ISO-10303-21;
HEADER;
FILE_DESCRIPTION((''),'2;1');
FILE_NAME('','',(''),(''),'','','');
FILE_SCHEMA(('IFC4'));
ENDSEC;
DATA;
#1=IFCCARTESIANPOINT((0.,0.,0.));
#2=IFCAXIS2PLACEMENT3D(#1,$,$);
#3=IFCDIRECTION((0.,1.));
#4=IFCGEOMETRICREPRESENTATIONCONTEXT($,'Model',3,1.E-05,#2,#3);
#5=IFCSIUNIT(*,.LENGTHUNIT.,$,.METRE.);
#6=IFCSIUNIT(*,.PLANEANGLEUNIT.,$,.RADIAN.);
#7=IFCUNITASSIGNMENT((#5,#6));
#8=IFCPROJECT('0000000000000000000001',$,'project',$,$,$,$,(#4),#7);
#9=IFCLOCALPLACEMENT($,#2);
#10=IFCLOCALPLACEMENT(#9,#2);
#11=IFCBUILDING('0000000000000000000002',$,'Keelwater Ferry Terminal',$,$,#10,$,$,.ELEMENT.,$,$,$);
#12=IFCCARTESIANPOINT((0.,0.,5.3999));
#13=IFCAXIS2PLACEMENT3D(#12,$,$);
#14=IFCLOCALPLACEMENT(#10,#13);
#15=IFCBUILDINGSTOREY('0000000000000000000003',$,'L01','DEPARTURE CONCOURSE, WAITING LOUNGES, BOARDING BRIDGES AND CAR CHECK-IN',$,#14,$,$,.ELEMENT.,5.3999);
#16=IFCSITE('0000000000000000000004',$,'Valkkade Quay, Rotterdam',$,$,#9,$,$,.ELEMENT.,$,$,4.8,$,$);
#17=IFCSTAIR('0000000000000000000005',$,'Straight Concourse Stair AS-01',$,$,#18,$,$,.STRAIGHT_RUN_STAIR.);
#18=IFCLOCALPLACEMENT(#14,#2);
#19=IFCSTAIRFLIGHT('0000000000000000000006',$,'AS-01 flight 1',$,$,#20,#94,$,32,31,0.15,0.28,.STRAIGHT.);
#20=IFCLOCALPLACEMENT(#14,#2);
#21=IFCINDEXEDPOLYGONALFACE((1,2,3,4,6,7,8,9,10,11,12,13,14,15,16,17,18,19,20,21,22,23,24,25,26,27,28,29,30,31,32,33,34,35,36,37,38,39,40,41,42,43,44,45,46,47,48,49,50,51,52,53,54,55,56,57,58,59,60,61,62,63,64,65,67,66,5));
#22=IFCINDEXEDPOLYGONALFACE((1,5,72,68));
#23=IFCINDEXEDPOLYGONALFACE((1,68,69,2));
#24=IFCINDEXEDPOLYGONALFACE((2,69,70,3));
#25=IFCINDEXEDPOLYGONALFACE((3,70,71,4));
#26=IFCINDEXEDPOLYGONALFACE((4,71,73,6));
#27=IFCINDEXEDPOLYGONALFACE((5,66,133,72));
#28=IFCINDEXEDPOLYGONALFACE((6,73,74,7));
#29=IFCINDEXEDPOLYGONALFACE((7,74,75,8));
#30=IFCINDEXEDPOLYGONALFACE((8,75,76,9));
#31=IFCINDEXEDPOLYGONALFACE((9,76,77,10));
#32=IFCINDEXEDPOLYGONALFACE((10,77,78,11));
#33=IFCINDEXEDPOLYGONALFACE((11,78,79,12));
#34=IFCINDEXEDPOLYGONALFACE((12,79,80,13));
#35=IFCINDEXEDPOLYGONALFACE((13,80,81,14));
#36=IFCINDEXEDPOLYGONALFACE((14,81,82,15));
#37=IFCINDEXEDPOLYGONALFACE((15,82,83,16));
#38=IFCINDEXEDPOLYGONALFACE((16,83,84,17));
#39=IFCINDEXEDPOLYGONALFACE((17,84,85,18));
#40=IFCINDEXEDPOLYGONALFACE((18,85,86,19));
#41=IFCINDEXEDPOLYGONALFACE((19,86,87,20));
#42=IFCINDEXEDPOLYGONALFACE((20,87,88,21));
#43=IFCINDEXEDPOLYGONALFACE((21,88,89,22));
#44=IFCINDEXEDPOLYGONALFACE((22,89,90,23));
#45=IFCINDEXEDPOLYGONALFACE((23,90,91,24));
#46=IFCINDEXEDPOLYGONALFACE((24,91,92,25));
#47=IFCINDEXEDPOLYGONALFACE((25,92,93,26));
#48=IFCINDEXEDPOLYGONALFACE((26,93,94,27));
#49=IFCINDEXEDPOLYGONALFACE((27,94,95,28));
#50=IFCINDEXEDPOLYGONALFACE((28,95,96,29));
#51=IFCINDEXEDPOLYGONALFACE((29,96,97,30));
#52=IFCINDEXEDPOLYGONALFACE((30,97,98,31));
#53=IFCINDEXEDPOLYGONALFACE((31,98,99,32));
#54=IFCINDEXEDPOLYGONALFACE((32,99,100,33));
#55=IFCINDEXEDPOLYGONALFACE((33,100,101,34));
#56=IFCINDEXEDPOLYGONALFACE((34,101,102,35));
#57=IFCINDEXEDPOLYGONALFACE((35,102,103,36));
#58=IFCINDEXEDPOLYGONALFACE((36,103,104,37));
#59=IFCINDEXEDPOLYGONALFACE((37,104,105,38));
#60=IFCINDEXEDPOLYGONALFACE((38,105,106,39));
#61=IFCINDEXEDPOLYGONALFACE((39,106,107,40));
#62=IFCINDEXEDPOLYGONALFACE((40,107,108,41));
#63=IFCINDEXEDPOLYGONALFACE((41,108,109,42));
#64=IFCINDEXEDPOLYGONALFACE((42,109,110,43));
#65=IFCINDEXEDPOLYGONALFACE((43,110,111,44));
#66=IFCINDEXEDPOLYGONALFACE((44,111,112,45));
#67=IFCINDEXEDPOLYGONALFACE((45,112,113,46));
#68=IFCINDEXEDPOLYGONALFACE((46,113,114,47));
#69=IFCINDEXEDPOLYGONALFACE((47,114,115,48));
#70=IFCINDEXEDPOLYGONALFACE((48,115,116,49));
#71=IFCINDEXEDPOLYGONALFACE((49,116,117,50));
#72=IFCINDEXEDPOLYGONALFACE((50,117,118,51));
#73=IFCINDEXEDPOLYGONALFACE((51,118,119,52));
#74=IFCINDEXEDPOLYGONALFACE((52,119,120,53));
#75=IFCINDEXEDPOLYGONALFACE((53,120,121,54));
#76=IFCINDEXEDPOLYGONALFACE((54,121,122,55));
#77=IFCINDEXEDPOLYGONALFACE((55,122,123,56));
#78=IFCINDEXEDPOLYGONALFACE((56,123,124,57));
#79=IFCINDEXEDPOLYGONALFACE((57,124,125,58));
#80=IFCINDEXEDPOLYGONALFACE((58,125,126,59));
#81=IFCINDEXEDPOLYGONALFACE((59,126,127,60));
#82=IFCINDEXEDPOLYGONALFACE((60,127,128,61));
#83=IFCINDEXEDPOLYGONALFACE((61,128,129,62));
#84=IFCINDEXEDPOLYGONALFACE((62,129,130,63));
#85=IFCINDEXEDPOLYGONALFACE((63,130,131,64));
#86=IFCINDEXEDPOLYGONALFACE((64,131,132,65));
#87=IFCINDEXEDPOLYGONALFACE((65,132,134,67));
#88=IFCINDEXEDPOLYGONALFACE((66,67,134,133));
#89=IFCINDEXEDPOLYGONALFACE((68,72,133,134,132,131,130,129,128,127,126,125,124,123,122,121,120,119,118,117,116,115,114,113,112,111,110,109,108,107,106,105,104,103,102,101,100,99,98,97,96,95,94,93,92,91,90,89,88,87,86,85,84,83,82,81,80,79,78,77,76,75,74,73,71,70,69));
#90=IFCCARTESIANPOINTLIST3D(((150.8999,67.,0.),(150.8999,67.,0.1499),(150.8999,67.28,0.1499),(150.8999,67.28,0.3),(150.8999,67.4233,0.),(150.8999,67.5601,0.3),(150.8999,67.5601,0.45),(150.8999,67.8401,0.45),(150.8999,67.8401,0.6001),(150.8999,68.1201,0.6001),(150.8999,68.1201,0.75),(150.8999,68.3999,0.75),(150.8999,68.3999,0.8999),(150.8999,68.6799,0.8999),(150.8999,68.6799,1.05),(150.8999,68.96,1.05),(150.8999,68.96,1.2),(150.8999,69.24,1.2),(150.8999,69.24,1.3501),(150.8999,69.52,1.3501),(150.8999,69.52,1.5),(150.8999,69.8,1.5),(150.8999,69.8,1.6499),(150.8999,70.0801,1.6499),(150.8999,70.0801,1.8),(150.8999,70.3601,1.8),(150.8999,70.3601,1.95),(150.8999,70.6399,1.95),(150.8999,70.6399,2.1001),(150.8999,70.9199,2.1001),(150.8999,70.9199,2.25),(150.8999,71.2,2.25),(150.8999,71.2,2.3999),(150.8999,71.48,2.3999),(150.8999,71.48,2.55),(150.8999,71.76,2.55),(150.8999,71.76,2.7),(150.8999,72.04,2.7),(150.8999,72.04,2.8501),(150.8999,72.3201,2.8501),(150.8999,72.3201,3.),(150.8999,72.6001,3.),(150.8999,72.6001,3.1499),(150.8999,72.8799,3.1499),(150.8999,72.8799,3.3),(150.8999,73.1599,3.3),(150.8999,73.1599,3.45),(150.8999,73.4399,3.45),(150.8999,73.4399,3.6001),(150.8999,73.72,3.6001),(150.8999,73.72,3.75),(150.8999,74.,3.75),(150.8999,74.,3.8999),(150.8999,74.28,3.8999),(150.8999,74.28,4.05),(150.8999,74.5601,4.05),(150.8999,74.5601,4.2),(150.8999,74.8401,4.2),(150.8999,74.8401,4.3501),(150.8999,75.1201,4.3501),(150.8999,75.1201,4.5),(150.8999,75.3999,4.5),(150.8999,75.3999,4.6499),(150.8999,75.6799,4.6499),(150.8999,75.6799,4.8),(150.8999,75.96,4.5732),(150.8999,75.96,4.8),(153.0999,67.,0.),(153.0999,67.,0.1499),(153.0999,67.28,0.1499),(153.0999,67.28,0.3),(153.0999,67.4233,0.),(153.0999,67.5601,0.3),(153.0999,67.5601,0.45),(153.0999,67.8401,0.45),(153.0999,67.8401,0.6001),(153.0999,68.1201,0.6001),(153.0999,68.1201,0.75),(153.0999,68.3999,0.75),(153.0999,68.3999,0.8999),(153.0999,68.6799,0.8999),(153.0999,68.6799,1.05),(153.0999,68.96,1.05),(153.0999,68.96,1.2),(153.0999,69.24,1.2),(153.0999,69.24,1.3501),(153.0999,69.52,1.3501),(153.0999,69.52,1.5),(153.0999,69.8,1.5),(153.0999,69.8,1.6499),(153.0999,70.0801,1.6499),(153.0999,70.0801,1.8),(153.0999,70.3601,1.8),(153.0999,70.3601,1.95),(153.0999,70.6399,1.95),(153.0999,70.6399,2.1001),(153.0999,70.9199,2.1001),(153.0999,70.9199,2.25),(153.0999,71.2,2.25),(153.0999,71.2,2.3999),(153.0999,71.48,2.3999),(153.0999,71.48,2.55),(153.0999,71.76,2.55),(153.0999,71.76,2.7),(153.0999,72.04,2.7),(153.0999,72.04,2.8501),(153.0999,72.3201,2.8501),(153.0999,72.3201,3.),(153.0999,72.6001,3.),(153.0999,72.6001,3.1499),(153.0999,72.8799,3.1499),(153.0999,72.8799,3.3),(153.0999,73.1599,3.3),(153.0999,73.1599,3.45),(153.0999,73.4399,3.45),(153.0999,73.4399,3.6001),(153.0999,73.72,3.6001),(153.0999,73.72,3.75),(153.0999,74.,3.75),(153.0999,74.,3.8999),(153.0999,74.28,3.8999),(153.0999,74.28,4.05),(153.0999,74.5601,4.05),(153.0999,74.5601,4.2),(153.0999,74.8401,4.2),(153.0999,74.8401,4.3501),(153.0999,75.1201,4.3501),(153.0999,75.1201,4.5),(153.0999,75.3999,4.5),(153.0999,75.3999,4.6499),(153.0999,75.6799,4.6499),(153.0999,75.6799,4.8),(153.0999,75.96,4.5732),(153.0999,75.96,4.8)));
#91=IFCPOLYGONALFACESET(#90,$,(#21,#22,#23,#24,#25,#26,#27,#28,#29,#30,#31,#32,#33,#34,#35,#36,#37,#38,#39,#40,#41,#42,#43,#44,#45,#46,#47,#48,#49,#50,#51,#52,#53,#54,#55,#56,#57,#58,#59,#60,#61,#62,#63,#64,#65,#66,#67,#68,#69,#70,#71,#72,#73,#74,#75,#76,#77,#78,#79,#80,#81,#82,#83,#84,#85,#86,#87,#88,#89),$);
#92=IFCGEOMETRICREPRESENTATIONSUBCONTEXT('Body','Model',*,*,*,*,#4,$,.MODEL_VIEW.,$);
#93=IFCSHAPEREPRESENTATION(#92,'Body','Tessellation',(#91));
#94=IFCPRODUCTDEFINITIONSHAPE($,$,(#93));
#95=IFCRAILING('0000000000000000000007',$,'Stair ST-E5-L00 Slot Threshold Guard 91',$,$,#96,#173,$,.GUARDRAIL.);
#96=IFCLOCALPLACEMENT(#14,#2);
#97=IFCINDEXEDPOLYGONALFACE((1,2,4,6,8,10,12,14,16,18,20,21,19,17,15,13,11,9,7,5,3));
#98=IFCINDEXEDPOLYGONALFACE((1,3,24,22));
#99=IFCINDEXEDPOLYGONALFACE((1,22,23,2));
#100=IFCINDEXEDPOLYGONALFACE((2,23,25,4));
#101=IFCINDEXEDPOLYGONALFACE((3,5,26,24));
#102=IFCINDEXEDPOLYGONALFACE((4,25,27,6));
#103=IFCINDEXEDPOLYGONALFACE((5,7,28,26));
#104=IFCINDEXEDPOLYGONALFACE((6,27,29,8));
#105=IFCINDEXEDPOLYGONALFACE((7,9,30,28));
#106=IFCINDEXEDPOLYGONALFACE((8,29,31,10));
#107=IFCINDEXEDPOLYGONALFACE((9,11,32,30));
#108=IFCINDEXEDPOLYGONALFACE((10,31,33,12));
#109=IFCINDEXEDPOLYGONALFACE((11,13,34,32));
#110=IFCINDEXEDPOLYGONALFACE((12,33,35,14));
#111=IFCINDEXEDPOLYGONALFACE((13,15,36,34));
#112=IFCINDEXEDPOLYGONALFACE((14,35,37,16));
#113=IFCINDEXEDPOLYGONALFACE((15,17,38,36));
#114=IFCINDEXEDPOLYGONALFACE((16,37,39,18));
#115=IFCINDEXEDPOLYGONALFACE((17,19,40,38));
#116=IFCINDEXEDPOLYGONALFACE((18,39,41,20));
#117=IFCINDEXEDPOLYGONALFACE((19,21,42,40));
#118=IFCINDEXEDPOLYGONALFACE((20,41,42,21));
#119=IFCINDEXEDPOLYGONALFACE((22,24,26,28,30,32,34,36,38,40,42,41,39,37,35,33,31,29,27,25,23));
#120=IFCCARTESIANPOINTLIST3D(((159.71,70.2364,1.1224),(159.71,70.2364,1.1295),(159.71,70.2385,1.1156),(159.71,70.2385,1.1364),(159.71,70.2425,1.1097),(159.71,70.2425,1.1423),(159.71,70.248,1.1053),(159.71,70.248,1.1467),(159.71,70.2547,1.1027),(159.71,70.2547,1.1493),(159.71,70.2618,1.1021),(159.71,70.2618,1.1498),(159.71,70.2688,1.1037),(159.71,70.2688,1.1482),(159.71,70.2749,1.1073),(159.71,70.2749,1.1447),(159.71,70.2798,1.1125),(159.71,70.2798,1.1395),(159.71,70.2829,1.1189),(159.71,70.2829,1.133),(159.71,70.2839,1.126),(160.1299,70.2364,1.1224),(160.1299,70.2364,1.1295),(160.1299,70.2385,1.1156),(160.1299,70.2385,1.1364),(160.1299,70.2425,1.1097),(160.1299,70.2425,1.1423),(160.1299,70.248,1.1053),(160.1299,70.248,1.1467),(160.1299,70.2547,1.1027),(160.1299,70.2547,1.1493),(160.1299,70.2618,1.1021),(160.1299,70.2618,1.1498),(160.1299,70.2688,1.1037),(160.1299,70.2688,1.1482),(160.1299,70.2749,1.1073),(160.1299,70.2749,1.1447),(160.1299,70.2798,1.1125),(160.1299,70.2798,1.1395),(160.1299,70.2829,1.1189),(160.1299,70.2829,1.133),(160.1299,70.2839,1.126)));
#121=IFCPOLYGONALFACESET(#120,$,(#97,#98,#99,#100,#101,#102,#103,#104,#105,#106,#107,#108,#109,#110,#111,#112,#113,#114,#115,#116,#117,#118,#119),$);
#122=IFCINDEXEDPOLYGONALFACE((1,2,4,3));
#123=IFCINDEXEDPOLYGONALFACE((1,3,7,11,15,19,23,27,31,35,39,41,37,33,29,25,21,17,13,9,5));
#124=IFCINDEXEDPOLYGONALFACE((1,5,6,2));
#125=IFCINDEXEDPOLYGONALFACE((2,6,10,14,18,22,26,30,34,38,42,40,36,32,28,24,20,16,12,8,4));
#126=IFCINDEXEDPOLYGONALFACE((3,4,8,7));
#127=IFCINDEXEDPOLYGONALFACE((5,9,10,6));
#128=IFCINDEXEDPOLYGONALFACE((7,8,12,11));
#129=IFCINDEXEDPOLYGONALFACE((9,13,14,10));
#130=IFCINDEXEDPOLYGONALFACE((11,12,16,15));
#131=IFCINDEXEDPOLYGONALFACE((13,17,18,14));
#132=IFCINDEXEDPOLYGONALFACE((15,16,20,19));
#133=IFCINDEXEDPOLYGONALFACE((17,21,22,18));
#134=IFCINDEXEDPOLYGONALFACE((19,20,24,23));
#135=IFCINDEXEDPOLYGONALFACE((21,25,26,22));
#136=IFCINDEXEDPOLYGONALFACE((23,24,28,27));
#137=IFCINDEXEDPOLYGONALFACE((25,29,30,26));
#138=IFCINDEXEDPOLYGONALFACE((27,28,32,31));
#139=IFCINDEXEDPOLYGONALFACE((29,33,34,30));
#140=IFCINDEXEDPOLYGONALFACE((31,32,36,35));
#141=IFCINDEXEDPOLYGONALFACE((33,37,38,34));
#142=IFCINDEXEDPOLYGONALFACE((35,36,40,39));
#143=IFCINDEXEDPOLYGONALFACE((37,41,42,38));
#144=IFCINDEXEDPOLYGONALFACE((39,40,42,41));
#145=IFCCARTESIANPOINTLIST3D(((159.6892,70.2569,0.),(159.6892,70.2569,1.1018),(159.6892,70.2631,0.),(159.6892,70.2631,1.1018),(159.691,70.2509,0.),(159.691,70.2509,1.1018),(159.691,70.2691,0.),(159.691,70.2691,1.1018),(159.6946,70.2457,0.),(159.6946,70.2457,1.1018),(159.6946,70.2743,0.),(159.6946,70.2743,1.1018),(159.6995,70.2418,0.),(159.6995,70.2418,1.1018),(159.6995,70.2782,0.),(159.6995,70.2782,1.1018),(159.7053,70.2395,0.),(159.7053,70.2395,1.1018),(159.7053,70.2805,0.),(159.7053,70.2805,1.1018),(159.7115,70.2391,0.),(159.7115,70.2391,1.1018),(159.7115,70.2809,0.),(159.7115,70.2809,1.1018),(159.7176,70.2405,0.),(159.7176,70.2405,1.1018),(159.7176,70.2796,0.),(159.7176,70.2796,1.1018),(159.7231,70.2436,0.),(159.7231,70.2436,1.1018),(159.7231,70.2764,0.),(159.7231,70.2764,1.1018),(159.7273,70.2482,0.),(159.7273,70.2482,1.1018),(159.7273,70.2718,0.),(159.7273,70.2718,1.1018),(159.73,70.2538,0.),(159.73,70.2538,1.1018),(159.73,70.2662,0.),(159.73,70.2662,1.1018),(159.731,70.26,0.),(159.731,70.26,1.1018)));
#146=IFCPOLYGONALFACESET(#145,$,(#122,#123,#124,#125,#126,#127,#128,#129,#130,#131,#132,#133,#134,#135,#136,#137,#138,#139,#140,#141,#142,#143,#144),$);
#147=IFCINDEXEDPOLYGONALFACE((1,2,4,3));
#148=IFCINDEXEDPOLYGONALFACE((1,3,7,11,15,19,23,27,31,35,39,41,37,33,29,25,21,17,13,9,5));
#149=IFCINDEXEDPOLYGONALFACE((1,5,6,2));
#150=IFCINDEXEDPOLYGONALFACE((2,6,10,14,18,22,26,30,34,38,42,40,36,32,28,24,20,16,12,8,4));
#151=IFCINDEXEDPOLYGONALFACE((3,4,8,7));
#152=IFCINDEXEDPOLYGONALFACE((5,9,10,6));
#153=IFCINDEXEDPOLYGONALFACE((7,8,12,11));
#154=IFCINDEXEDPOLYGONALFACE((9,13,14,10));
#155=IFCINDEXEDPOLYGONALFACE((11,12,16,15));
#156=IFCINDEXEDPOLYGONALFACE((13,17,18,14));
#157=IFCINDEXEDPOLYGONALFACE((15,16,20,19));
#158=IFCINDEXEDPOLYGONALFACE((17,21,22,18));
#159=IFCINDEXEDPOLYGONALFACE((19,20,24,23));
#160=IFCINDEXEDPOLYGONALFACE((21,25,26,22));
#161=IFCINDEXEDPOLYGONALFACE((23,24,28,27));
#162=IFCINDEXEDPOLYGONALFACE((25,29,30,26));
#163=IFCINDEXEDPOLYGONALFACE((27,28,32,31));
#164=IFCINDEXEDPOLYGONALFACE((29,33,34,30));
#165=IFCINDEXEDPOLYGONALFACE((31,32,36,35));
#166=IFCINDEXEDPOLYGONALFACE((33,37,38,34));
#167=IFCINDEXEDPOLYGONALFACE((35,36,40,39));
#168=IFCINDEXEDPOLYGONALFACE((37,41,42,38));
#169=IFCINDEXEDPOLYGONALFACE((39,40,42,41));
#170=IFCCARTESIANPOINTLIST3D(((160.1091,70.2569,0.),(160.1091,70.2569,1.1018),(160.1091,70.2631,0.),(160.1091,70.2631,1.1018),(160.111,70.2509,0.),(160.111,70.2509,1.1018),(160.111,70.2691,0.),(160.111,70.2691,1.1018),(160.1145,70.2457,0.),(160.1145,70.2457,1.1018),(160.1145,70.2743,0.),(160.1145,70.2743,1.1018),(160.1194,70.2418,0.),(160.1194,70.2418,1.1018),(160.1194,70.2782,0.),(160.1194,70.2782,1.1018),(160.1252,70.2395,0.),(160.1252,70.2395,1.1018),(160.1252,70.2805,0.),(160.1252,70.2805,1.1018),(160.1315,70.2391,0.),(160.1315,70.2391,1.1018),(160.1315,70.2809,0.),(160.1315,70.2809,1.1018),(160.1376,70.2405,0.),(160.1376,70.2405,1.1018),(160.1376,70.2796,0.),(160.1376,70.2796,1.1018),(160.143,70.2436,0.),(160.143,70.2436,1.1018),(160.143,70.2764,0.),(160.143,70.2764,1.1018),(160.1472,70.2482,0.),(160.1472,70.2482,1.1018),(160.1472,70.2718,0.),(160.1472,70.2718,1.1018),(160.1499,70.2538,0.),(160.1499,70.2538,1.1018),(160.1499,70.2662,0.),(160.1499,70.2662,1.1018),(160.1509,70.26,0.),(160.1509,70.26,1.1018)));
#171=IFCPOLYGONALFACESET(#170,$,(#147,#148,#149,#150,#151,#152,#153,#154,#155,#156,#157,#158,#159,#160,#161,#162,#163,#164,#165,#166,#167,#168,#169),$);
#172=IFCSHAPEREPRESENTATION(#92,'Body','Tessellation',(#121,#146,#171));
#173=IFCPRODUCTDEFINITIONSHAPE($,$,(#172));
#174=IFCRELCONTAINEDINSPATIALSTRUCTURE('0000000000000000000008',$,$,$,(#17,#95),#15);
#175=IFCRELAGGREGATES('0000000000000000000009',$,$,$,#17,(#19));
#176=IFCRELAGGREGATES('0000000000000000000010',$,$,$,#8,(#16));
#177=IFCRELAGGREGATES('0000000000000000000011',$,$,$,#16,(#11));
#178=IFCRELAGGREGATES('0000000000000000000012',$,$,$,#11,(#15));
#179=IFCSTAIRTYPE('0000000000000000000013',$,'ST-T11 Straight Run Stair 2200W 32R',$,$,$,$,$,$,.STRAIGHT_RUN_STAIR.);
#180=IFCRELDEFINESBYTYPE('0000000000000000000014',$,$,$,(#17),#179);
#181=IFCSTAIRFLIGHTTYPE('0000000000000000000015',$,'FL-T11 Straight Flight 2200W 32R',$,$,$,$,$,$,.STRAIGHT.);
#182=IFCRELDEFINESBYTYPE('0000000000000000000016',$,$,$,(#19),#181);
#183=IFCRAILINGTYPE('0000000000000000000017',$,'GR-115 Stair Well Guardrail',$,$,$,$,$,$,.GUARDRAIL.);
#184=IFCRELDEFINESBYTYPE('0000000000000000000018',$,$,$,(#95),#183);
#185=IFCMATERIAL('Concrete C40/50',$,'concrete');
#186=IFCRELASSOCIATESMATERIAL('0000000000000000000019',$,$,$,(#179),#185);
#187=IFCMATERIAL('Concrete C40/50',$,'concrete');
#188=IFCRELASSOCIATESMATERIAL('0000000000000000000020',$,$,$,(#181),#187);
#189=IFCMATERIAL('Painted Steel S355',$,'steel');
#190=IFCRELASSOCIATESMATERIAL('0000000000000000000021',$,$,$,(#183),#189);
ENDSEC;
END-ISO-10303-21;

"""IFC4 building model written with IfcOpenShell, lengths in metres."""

from ifc_helpers import new_model, si_unit, direction, frame, origin, origin_2d, place, context, subcontext, project, spatial, polyline, circle, outline, extrude, material, type_object, element, aggregate, save


model = new_model("IFC4")

# Units and contexts
model_context = context("Model", 3, precision=1e-05, world=origin(), true_north=direction((0.0, 1.0)))
body_context = subcontext(model_context, "Body", "Model", "MODEL_VIEW")
ifc_project = project(units=[si_unit("LENGTHUNIT", "METRE"), si_unit("PLANEANGLEUNIT", "RADIAN")], contexts=[model_context])

# Site, building, storey
site_placement = place(None, origin())
site = spatial("IfcSite", under=ifc_project, at=site_placement, Name="Valkkade Quay, Rotterdam", CompositionType="ELEMENT", RefElevation=4.8)
building_placement = place(site_placement, origin())
building = spatial("IfcBuilding", under=site, at=building_placement, Name="Keelwater Ferry Terminal", CompositionType="ELEMENT")
storey_placement = place(building_placement, frame((0.0, 0.0, 5.3999)))
storey = spatial("IfcBuildingStorey", under=building, at=storey_placement, Name="L01", Description="DEPARTURE CONCOURSE, WAITING LOUNGES, BOARDING BRIDGES AND CAR CHECK-IN", CompositionType="ELEMENT", Elevation=5.3999)

# Stair, stair flight
ifc_material_1 = material(Name="Concrete C40/50", Category="concrete")
stair_type_1 = type_object("IfcStairType", Name="ST-T11 Straight Run Stair 2200W 32R", PredefinedType="STRAIGHT_RUN_STAIR", material=ifc_material_1)
stair_1_placement = place(storey_placement, origin())
stair_1 = element("IfcStair", 1, at=stair_1_placement, inside=storey, type_object=stair_type_1, Name="Straight Concourse Stair AS-01", PredefinedType="STRAIGHT_RUN_STAIR")
ifc_material_2 = material(Name="Concrete C40/50", Category="concrete")
stair_flight_type_1 = type_object("IfcStairFlightType", Name="FL-T11 Straight Flight 2200W 32R", PredefinedType="STRAIGHT", material=ifc_material_2)
stair_flight_1_placement = place(storey_placement, frame((152.0, 67.0, 0.0), z_axis=(0.0, 0.0, 1.0), x_axis=(0.0, 1.0, 0.0)))
stair_flight_1 = element("IfcStairFlight", 2, at=stair_flight_1_placement, type_object=stair_flight_type_1, Name="AS-01 flight 1", NumberOfRisers=32, NumberOfTreads=31, PredefinedType="STRAIGHT", RiserHeight=0.15, TreadLength=0.28, context=body_context, shape_type="SweptSolid", body=[
    extrude(outline(polyline([(0.0, 0.0), (0.0, 0.1499), (0.28, 0.1499), (0.28, 0.3), (0.5601, 0.3), (0.5601, 0.45), (0.8401, 0.45), (0.8401, 0.6001), (1.1201, 0.6001), (1.1201, 0.75), (1.3999, 0.75), (1.3999, 0.8999), (1.6799, 0.8999), (1.6799, 1.05), (1.96, 1.05), (1.96, 1.2), (2.24, 1.2), (2.24, 1.3501), (2.52, 1.3501), (2.52, 1.5), (2.8, 1.5), (2.8, 1.6499), (3.0801, 1.6499), (3.0801, 1.8), (3.3601, 1.8), (3.3601, 1.95), (3.6399, 1.95), (3.6399, 2.1001), (3.9199, 2.1001), (3.9199, 2.25), (4.2, 2.25), (4.2, 2.3999), (4.48, 2.3999), (4.48, 2.55), (4.76, 2.55), (4.76, 2.7), (5.04, 2.7), (5.04, 2.8501), (5.3201, 2.8501), (5.3201, 3.0), (5.6001, 3.0), (5.6001, 3.1499), (5.8799, 3.1499), (5.8799, 3.3), (6.1599, 3.3), (6.1599, 3.45), (6.4399, 3.45), (6.4399, 3.6001), (6.72, 3.6001), (6.72, 3.75), (7.0, 3.75), (7.0, 3.8999), (7.28, 3.8999), (7.28, 4.05), (7.5601, 4.05), (7.5601, 4.2), (7.8401, 4.2), (7.8401, 4.3501), (8.1201, 4.3501), (8.1201, 4.5), (8.3999, 4.5), (8.3999, 4.6499), (8.6799, 4.6499), (8.6799, 4.8), (8.96, 4.8), (8.96, 4.5732), (0.4233, 0.0), (0.0, 0.0)])), frame((0.0, 1.1001, 0.0), z_axis=(0.0, -1.0, 0.0), x_axis=(1.0, 0.0, 0.0)), (0.0, 0.0, 1.0), 2.2),
])
aggregate(stair_1, [stair_flight_1])

# Railing
ifc_material_3 = material(Name="Painted Steel S355", Category="steel")
railing_type_1 = type_object("IfcRailingType", Name="GR-115 Stair Well Guardrail", PredefinedType="GUARDRAIL", material=ifc_material_3)
railing_1_placement = place(storey_placement, frame((159.71, 70.26, 0.0)))
element("IfcRailing", 3, at=railing_1_placement, inside=storey, type_object=railing_type_1, Name="Stair ST-E5-L00 Slot Threshold Guard 91", PredefinedType="GUARDRAIL", context=body_context, shape_type="SweptSolid", body=[
    extrude(circle(Radius=0.0239, at=origin_2d()), frame((0.0, 0.0, 1.126), z_axis=(1.0, 0.0, 0.0), x_axis=(0.0, 1.0, 0.0)), (0.0, 0.0, 1.0), 0.4199),
    extrude(circle(Radius=0.021, at=origin_2d()), origin(), (0.0, 0.0, 1.0), 1.1018),
    extrude(circle(Radius=0.021, at=origin_2d()), frame((0.4199, 0.0, 0.0)), (0.0, 0.0, 1.0), 1.1018),
])

save(model, "model.ifc")
